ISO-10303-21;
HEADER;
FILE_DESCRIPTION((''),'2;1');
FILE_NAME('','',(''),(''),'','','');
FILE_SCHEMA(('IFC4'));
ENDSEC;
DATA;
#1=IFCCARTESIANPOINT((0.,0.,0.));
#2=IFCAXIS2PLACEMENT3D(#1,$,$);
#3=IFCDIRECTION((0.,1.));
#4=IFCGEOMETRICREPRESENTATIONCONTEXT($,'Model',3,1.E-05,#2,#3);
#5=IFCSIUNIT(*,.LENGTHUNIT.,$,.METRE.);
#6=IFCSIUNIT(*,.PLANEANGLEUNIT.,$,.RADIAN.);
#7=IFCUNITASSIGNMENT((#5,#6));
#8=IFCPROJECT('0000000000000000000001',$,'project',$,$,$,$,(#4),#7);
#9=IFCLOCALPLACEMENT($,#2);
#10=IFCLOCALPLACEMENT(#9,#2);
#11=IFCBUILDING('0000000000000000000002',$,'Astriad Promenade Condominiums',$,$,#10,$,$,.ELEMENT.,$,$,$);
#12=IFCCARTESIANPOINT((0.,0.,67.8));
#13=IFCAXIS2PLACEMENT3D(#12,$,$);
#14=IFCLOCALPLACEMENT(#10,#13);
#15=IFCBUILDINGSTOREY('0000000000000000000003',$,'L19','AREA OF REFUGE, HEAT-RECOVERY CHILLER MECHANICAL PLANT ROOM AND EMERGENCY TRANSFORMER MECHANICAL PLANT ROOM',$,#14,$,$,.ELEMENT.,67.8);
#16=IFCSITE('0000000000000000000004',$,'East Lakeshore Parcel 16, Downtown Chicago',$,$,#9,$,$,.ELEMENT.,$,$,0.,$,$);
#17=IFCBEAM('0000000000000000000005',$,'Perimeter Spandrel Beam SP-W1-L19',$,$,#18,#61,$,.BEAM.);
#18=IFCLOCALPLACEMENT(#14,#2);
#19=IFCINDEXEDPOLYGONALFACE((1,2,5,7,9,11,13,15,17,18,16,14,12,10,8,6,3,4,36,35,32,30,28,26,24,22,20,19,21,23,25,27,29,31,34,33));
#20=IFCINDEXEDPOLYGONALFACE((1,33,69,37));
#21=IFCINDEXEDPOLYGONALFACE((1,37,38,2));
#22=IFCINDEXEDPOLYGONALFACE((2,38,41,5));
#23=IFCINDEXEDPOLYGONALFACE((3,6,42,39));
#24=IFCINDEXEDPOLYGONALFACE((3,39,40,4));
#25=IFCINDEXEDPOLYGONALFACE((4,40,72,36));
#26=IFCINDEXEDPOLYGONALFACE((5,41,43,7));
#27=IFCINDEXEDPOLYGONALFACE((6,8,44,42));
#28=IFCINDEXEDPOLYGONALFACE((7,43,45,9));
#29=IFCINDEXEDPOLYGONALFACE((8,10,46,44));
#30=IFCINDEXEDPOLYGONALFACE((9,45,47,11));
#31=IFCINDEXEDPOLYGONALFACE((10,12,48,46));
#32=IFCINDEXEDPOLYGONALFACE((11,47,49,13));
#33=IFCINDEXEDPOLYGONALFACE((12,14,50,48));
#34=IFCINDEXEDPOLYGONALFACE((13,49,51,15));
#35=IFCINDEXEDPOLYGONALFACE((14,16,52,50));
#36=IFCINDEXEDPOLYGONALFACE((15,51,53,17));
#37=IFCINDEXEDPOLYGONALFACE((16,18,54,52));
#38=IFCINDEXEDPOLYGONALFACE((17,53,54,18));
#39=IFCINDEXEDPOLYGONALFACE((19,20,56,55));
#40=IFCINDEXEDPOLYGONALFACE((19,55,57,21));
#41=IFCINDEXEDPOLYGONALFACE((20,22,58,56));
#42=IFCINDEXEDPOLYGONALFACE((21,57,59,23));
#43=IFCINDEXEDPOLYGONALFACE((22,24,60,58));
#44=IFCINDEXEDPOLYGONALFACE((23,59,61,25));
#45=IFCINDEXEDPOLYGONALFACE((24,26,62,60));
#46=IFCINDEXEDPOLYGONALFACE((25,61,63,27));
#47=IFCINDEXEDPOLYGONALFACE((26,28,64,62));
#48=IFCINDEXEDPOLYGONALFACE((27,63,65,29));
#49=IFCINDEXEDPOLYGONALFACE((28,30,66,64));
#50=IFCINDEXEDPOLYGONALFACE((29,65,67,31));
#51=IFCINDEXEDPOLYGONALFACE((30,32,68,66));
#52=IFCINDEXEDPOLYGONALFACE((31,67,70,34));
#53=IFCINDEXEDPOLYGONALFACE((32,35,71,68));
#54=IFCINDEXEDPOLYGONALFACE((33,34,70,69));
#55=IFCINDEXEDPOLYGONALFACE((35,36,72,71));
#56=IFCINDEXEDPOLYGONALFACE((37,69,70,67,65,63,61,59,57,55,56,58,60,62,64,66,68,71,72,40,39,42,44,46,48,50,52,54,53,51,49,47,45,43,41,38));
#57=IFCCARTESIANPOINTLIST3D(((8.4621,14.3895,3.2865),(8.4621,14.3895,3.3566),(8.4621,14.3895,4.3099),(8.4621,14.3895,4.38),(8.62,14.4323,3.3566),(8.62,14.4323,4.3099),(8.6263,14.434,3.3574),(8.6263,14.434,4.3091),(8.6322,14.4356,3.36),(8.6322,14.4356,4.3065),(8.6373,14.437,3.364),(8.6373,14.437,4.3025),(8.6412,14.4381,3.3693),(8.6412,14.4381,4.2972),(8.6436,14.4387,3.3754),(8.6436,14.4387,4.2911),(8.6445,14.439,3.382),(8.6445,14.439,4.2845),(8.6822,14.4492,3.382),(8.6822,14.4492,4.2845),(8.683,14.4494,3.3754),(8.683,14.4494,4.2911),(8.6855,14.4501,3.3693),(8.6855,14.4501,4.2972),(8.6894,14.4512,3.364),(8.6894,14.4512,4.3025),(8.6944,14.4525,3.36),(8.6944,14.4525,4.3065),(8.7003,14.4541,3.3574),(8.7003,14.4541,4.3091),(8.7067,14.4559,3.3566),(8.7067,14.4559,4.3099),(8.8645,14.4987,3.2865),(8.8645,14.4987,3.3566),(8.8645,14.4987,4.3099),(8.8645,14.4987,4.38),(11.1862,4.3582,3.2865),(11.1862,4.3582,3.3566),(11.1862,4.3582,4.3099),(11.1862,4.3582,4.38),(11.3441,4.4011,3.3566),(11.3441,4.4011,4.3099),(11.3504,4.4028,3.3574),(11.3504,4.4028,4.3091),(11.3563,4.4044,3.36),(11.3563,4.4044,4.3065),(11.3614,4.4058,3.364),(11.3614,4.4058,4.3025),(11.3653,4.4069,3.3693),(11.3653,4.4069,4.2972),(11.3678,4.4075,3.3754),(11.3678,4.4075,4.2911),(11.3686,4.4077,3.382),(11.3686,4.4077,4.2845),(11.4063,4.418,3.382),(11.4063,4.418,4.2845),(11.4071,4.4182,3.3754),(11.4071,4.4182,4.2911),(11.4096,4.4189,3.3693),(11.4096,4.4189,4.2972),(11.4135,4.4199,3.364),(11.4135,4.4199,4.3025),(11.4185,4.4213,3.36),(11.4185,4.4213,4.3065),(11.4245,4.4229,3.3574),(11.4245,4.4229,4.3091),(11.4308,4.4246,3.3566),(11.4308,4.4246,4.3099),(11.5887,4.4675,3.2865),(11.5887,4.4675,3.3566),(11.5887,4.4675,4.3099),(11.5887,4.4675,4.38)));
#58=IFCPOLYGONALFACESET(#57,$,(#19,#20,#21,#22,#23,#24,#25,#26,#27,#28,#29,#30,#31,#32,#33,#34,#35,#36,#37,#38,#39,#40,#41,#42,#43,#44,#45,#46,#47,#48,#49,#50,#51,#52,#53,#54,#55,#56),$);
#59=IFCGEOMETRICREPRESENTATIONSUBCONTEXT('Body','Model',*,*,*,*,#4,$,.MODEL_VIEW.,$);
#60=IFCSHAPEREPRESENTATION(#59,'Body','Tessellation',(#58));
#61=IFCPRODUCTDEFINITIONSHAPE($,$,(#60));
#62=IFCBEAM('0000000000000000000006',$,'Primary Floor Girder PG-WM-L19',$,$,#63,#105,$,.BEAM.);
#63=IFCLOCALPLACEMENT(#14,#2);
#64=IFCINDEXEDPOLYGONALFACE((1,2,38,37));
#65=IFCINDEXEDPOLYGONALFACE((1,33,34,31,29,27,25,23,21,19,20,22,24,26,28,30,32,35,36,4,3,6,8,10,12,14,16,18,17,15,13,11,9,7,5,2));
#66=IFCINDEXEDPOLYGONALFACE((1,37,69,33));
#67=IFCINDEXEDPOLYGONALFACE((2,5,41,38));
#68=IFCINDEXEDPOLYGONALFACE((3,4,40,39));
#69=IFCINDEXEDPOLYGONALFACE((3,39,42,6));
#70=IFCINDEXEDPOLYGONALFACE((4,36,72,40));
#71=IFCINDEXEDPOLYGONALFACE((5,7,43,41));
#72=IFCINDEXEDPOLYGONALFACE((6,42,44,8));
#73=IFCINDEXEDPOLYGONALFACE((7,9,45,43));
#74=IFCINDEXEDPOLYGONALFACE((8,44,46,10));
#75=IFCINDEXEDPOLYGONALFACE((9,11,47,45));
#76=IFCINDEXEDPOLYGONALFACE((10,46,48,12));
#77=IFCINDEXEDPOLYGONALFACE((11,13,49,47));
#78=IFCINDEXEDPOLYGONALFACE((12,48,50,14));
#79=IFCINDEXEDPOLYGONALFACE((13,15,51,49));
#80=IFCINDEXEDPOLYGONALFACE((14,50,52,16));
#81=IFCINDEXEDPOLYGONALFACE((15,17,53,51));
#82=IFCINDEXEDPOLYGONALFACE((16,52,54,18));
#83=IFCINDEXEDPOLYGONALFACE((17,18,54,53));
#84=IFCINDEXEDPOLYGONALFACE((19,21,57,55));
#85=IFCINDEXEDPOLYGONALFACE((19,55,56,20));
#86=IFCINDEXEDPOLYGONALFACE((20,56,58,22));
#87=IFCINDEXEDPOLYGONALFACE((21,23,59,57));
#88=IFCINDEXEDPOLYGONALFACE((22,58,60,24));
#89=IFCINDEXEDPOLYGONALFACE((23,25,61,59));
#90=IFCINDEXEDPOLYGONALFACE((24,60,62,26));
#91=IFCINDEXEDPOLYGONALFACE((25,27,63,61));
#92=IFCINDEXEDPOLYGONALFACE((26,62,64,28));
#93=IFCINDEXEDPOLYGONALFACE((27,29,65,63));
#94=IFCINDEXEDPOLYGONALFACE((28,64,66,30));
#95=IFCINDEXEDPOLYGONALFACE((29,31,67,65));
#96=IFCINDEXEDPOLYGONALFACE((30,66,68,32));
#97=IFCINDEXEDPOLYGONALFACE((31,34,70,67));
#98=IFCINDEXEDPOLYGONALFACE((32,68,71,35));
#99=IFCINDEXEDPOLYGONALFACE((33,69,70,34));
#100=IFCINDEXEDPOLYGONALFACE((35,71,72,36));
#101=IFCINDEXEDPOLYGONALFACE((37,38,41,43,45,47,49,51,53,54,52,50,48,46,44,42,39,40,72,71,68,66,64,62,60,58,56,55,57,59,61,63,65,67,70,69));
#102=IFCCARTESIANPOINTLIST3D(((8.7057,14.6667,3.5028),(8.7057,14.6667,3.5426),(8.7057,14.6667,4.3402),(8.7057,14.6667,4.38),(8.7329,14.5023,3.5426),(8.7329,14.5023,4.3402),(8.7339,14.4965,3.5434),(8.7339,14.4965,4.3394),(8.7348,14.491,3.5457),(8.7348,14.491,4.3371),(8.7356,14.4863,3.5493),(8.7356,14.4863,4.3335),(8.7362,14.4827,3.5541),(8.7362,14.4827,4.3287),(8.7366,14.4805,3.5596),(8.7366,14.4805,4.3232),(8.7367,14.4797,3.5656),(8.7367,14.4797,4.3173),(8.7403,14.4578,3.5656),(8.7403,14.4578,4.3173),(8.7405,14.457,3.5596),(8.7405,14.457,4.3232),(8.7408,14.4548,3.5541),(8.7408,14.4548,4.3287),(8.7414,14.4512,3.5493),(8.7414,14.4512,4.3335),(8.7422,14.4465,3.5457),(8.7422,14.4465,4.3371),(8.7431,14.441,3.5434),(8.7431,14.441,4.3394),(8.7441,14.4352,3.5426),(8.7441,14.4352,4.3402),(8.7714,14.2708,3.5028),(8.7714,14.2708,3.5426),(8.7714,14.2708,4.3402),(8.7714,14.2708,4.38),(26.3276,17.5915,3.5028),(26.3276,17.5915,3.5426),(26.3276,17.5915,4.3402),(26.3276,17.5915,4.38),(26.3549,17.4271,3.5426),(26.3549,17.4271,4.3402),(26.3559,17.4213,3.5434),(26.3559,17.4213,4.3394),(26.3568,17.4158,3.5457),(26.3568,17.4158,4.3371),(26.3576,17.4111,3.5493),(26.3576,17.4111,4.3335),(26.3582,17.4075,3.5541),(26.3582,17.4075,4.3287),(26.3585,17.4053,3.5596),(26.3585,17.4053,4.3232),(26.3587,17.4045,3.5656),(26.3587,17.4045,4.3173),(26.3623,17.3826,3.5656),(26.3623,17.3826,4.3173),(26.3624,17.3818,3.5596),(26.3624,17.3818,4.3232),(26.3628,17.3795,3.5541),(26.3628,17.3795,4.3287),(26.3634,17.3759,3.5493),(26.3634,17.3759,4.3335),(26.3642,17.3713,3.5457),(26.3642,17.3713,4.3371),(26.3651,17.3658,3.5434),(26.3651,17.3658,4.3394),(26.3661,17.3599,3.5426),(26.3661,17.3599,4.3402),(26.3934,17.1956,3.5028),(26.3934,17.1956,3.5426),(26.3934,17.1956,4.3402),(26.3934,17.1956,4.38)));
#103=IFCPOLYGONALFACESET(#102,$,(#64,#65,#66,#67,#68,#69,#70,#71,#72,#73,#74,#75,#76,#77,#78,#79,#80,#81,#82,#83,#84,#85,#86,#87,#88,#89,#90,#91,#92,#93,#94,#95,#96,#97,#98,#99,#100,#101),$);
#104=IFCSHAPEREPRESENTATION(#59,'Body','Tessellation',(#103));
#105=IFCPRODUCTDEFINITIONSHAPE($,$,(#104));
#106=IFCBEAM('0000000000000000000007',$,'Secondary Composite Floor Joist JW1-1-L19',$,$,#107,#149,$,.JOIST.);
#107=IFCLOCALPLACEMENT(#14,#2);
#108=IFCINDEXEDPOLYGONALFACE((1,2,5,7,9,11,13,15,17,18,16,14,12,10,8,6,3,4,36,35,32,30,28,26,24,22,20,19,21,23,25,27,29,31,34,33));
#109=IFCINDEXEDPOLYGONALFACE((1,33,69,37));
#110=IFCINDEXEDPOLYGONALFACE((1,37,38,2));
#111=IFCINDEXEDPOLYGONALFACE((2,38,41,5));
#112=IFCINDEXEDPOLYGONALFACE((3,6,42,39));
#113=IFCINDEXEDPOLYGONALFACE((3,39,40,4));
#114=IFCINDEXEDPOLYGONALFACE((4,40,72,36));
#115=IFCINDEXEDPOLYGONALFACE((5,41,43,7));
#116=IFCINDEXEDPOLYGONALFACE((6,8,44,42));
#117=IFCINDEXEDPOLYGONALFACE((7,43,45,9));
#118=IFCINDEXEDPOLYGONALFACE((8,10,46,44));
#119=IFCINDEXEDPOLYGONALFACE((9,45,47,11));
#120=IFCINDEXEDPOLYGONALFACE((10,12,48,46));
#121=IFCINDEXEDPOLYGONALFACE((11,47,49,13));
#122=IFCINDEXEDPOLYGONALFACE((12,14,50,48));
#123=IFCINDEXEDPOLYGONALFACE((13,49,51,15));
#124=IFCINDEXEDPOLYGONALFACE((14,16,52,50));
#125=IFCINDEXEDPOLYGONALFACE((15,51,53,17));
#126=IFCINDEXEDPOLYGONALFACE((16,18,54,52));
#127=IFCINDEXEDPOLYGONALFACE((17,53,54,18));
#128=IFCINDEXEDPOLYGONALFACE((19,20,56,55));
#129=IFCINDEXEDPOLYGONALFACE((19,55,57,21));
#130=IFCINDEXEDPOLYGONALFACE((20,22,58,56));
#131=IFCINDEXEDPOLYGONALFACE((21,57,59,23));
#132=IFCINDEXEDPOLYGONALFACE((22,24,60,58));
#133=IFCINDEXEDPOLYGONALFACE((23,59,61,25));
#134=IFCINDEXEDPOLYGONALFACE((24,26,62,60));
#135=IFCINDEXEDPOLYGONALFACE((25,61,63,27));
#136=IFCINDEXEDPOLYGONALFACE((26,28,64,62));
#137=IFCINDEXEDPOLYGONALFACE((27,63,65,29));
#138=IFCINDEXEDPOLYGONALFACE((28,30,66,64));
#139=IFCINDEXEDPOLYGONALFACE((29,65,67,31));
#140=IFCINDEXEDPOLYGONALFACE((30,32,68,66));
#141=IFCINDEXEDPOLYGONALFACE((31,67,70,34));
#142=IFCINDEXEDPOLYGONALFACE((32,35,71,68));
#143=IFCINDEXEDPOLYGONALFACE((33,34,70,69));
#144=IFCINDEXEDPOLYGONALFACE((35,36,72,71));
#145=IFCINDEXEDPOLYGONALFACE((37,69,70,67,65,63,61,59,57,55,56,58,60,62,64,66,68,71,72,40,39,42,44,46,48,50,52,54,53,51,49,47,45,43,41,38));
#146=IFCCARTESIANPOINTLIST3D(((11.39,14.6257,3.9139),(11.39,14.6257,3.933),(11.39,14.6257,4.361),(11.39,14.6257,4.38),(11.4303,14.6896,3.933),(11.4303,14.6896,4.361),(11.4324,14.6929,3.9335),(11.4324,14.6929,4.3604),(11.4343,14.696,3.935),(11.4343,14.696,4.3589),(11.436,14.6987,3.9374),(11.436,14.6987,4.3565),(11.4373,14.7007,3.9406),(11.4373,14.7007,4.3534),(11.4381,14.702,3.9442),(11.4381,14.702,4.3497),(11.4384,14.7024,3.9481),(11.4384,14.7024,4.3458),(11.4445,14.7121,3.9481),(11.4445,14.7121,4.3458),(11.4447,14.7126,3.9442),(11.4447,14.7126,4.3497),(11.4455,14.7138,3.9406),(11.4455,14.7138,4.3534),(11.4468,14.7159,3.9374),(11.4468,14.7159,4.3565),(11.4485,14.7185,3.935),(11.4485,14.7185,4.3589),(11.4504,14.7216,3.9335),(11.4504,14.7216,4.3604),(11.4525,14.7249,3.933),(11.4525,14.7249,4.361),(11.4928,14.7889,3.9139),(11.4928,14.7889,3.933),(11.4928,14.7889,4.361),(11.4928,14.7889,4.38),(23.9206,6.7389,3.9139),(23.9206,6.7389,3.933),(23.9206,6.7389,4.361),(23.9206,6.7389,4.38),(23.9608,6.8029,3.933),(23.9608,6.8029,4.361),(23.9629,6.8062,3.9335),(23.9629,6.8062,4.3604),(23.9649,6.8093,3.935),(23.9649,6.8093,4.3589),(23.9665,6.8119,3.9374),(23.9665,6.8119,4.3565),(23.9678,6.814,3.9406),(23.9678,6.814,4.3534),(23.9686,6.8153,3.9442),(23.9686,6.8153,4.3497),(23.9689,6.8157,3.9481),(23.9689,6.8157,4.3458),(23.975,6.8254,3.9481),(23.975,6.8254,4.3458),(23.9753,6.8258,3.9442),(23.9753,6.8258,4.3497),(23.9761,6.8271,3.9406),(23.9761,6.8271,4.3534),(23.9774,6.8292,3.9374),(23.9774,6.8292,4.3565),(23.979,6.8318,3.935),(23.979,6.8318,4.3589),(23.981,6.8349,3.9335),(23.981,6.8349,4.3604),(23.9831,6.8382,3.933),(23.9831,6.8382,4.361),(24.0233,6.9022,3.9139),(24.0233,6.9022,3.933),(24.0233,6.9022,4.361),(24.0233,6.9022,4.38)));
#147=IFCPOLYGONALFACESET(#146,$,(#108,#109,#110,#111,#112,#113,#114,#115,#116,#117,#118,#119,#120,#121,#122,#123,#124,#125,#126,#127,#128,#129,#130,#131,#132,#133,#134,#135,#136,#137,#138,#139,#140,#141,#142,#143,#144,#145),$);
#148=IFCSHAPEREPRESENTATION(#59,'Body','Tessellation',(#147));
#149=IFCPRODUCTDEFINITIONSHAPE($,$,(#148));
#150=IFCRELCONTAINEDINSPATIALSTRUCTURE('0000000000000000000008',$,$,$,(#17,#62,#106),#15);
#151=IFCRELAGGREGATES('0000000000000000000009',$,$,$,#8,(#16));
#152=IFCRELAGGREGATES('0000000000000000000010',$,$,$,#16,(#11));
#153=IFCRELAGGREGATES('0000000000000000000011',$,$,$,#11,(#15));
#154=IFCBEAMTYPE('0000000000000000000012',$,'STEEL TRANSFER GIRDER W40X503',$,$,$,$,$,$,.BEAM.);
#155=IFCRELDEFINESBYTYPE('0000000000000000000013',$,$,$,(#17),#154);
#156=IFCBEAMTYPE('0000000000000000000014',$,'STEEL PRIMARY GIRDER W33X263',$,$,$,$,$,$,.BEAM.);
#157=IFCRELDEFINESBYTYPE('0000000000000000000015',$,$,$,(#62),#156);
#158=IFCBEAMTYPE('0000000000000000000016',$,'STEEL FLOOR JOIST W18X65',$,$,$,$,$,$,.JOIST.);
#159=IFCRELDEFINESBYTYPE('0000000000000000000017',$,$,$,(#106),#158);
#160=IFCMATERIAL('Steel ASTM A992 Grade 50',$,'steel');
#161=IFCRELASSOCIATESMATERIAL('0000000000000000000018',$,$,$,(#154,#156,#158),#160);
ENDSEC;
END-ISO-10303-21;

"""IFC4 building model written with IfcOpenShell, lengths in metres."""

from ifc_helpers import new_model, si_unit, direction, frame, origin, origin_2d, place, context, subcontext, project, spatial, i_section, extrude, source, transform, mapped, material, material_profile, profile_set, type_object, type_shapes, element, save


model = new_model("IFC4")

# Units and contexts
model_context = context("Model", 3, precision=1e-05, world=origin(), true_north=direction((0.0, 1.0)))
body_context = subcontext(model_context, "Body", "Model", "MODEL_VIEW")
ifc_project = project(units=[si_unit("LENGTHUNIT", "METRE"), si_unit("PLANEANGLEUNIT", "RADIAN")], contexts=[model_context])

# Site, building, storey
site_placement = place(None, origin())
site = spatial("IfcSite", under=ifc_project, at=site_placement, Name="East Lakeshore Parcel 16, Downtown Chicago", CompositionType="ELEMENT", RefElevation=0.0)
building_placement = place(site_placement, origin())
building = spatial("IfcBuilding", under=site, at=building_placement, Name="Astriad Promenade Condominiums", CompositionType="ELEMENT")
storey_placement = place(building_placement, frame((0.0, 0.0, 67.8)))
storey = spatial("IfcBuildingStorey", under=building, at=storey_placement, Name="L19", Description="AREA OF REFUGE, HEAT-RECOVERY CHILLER MECHANICAL PLANT ROOM AND EMERGENCY TRANSFORMER MECHANICAL PLANT ROOM", CompositionType="ELEMENT", Elevation=67.8)

# Shared definitions
ifc_material_1 = material(Name="Steel ASTM A992 Grade 50", Category="steel")

# Beams
ifc_material_profile_1 = material_profile(ifc_material_1, i_section(OverallWidth=0.417, OverallDepth=1.0935, WebThickness=0.0391, FlangeThickness=0.0701, FilletRadius=0.0254, at=origin_2d()), Name="W40X503")
ifc_profile_set_1 = profile_set([ifc_material_profile_1], Name="Steel ASTM A992 Grade 50")
beam_type_1 = type_object("IfcBeamType", Name="STEEL TRANSFER GIRDER W40X503", PredefinedType="BEAM", material=ifc_profile_set_1)
shared_shape_1 = source(origin(), body_context, "Body", "SweptSolid", [
    extrude(i_section(OverallWidth=0.417, OverallDepth=1.0935, WebThickness=0.0391, FlangeThickness=0.0701, FilletRadius=0.0254, at=origin_2d()), origin(), (0.0, 0.0, 1.0), 10.3945),
])
beam_1_placement = place(storey_placement, frame((8.6633, 14.4441, 3.8333), z_axis=(0.262072, -0.965048, 0.0), x_axis=(0.965048, 0.262072, 0.0)))
element("IfcBeam", 1, at=beam_1_placement, inside=storey, type_object=beam_type_1, Name="Perimeter Spandrel Beam SP-W1-L19", PredefinedType="BEAM", context=body_context, shape_type="MappedRepresentation", body=[
    mapped(shared_shape_1, transform((0.0, 0.0, 0.0), scale=1.0)),
])
ifc_material_profile_2 = material_profile(ifc_material_1, i_section(OverallWidth=0.4014, OverallDepth=0.8772, WebThickness=0.0222, FlangeThickness=0.0398, FilletRadius=0.0229, at=origin_2d()), Name="W33X263")
ifc_profile_set_2 = profile_set([ifc_material_profile_2], Name="Steel ASTM A992 Grade 50")
beam_type_2 = type_object("IfcBeamType", Name="STEEL PRIMARY GIRDER W33X263", PredefinedType="BEAM", material=ifc_profile_set_2)
shared_shape_2 = source(origin(), body_context, "Body", "SweptSolid", [
    extrude(i_section(OverallWidth=0.4014, OverallDepth=0.8772, WebThickness=0.0222, FlangeThickness=0.0398, FilletRadius=0.0229, at=origin_2d()), origin(), (0.0, 0.0, 1.0), 17.863),
])
type_shapes(beam_type_2, [shared_shape_2])
beam_2_placement = place(storey_placement, frame((8.7385, 14.4688, 3.9414), z_axis=(0.986505, 0.163734, 0.0), x_axis=(-0.163734, 0.986505, 0.0)))
element("IfcBeam", 2, at=beam_2_placement, inside=storey, type_object=beam_type_2, Name="Primary Floor Girder PG-WM-L19", PredefinedType="BEAM", context=body_context, shape_type="MappedRepresentation", body=[
    mapped(shared_shape_2, transform((0.0, 0.0, 0.0), scale=1.0)),
])
ifc_material_profile_3 = material_profile(ifc_material_1, i_section(OverallWidth=0.1929, OverallDepth=0.4661, WebThickness=0.0115, FlangeThickness=0.019, FilletRadius=0.0151, at=origin_2d()), Name="W18X65")
ifc_profile_set_3 = profile_set([ifc_material_profile_3], Name="Steel ASTM A992 Grade 50")
beam_type_3 = type_object("IfcBeamType", Name="STEEL FLOOR JOIST W18X65", PredefinedType="JOIST", material=ifc_profile_set_3)
shared_shape_3 = source(origin(), body_context, "Body", "SweptSolid", [
    extrude(i_section(OverallWidth=0.1929, OverallDepth=0.4661, WebThickness=0.0115, FlangeThickness=0.019, FilletRadius=0.0151, at=origin_2d()), origin(), (0.0, 0.0, 1.0), 14.8059),
])
type_shapes(beam_type_3, [shared_shape_3])
beam_3_placement = place(storey_placement, frame((11.4414, 14.7073, 4.147), z_axis=(0.84632, -0.532675, 0.0), x_axis=(0.532675, 0.84632, 0.0)))
element("IfcBeam", 3, at=beam_3_placement, inside=storey, type_object=beam_type_3, Name="Secondary Composite Floor Joist JW1-1-L19", PredefinedType="JOIST", context=body_context, shape_type="MappedRepresentation", body=[
    mapped(shared_shape_3, transform((0.0, 0.0, 0.0), scale=1.0)),
])

save(model, "model.ifc")
